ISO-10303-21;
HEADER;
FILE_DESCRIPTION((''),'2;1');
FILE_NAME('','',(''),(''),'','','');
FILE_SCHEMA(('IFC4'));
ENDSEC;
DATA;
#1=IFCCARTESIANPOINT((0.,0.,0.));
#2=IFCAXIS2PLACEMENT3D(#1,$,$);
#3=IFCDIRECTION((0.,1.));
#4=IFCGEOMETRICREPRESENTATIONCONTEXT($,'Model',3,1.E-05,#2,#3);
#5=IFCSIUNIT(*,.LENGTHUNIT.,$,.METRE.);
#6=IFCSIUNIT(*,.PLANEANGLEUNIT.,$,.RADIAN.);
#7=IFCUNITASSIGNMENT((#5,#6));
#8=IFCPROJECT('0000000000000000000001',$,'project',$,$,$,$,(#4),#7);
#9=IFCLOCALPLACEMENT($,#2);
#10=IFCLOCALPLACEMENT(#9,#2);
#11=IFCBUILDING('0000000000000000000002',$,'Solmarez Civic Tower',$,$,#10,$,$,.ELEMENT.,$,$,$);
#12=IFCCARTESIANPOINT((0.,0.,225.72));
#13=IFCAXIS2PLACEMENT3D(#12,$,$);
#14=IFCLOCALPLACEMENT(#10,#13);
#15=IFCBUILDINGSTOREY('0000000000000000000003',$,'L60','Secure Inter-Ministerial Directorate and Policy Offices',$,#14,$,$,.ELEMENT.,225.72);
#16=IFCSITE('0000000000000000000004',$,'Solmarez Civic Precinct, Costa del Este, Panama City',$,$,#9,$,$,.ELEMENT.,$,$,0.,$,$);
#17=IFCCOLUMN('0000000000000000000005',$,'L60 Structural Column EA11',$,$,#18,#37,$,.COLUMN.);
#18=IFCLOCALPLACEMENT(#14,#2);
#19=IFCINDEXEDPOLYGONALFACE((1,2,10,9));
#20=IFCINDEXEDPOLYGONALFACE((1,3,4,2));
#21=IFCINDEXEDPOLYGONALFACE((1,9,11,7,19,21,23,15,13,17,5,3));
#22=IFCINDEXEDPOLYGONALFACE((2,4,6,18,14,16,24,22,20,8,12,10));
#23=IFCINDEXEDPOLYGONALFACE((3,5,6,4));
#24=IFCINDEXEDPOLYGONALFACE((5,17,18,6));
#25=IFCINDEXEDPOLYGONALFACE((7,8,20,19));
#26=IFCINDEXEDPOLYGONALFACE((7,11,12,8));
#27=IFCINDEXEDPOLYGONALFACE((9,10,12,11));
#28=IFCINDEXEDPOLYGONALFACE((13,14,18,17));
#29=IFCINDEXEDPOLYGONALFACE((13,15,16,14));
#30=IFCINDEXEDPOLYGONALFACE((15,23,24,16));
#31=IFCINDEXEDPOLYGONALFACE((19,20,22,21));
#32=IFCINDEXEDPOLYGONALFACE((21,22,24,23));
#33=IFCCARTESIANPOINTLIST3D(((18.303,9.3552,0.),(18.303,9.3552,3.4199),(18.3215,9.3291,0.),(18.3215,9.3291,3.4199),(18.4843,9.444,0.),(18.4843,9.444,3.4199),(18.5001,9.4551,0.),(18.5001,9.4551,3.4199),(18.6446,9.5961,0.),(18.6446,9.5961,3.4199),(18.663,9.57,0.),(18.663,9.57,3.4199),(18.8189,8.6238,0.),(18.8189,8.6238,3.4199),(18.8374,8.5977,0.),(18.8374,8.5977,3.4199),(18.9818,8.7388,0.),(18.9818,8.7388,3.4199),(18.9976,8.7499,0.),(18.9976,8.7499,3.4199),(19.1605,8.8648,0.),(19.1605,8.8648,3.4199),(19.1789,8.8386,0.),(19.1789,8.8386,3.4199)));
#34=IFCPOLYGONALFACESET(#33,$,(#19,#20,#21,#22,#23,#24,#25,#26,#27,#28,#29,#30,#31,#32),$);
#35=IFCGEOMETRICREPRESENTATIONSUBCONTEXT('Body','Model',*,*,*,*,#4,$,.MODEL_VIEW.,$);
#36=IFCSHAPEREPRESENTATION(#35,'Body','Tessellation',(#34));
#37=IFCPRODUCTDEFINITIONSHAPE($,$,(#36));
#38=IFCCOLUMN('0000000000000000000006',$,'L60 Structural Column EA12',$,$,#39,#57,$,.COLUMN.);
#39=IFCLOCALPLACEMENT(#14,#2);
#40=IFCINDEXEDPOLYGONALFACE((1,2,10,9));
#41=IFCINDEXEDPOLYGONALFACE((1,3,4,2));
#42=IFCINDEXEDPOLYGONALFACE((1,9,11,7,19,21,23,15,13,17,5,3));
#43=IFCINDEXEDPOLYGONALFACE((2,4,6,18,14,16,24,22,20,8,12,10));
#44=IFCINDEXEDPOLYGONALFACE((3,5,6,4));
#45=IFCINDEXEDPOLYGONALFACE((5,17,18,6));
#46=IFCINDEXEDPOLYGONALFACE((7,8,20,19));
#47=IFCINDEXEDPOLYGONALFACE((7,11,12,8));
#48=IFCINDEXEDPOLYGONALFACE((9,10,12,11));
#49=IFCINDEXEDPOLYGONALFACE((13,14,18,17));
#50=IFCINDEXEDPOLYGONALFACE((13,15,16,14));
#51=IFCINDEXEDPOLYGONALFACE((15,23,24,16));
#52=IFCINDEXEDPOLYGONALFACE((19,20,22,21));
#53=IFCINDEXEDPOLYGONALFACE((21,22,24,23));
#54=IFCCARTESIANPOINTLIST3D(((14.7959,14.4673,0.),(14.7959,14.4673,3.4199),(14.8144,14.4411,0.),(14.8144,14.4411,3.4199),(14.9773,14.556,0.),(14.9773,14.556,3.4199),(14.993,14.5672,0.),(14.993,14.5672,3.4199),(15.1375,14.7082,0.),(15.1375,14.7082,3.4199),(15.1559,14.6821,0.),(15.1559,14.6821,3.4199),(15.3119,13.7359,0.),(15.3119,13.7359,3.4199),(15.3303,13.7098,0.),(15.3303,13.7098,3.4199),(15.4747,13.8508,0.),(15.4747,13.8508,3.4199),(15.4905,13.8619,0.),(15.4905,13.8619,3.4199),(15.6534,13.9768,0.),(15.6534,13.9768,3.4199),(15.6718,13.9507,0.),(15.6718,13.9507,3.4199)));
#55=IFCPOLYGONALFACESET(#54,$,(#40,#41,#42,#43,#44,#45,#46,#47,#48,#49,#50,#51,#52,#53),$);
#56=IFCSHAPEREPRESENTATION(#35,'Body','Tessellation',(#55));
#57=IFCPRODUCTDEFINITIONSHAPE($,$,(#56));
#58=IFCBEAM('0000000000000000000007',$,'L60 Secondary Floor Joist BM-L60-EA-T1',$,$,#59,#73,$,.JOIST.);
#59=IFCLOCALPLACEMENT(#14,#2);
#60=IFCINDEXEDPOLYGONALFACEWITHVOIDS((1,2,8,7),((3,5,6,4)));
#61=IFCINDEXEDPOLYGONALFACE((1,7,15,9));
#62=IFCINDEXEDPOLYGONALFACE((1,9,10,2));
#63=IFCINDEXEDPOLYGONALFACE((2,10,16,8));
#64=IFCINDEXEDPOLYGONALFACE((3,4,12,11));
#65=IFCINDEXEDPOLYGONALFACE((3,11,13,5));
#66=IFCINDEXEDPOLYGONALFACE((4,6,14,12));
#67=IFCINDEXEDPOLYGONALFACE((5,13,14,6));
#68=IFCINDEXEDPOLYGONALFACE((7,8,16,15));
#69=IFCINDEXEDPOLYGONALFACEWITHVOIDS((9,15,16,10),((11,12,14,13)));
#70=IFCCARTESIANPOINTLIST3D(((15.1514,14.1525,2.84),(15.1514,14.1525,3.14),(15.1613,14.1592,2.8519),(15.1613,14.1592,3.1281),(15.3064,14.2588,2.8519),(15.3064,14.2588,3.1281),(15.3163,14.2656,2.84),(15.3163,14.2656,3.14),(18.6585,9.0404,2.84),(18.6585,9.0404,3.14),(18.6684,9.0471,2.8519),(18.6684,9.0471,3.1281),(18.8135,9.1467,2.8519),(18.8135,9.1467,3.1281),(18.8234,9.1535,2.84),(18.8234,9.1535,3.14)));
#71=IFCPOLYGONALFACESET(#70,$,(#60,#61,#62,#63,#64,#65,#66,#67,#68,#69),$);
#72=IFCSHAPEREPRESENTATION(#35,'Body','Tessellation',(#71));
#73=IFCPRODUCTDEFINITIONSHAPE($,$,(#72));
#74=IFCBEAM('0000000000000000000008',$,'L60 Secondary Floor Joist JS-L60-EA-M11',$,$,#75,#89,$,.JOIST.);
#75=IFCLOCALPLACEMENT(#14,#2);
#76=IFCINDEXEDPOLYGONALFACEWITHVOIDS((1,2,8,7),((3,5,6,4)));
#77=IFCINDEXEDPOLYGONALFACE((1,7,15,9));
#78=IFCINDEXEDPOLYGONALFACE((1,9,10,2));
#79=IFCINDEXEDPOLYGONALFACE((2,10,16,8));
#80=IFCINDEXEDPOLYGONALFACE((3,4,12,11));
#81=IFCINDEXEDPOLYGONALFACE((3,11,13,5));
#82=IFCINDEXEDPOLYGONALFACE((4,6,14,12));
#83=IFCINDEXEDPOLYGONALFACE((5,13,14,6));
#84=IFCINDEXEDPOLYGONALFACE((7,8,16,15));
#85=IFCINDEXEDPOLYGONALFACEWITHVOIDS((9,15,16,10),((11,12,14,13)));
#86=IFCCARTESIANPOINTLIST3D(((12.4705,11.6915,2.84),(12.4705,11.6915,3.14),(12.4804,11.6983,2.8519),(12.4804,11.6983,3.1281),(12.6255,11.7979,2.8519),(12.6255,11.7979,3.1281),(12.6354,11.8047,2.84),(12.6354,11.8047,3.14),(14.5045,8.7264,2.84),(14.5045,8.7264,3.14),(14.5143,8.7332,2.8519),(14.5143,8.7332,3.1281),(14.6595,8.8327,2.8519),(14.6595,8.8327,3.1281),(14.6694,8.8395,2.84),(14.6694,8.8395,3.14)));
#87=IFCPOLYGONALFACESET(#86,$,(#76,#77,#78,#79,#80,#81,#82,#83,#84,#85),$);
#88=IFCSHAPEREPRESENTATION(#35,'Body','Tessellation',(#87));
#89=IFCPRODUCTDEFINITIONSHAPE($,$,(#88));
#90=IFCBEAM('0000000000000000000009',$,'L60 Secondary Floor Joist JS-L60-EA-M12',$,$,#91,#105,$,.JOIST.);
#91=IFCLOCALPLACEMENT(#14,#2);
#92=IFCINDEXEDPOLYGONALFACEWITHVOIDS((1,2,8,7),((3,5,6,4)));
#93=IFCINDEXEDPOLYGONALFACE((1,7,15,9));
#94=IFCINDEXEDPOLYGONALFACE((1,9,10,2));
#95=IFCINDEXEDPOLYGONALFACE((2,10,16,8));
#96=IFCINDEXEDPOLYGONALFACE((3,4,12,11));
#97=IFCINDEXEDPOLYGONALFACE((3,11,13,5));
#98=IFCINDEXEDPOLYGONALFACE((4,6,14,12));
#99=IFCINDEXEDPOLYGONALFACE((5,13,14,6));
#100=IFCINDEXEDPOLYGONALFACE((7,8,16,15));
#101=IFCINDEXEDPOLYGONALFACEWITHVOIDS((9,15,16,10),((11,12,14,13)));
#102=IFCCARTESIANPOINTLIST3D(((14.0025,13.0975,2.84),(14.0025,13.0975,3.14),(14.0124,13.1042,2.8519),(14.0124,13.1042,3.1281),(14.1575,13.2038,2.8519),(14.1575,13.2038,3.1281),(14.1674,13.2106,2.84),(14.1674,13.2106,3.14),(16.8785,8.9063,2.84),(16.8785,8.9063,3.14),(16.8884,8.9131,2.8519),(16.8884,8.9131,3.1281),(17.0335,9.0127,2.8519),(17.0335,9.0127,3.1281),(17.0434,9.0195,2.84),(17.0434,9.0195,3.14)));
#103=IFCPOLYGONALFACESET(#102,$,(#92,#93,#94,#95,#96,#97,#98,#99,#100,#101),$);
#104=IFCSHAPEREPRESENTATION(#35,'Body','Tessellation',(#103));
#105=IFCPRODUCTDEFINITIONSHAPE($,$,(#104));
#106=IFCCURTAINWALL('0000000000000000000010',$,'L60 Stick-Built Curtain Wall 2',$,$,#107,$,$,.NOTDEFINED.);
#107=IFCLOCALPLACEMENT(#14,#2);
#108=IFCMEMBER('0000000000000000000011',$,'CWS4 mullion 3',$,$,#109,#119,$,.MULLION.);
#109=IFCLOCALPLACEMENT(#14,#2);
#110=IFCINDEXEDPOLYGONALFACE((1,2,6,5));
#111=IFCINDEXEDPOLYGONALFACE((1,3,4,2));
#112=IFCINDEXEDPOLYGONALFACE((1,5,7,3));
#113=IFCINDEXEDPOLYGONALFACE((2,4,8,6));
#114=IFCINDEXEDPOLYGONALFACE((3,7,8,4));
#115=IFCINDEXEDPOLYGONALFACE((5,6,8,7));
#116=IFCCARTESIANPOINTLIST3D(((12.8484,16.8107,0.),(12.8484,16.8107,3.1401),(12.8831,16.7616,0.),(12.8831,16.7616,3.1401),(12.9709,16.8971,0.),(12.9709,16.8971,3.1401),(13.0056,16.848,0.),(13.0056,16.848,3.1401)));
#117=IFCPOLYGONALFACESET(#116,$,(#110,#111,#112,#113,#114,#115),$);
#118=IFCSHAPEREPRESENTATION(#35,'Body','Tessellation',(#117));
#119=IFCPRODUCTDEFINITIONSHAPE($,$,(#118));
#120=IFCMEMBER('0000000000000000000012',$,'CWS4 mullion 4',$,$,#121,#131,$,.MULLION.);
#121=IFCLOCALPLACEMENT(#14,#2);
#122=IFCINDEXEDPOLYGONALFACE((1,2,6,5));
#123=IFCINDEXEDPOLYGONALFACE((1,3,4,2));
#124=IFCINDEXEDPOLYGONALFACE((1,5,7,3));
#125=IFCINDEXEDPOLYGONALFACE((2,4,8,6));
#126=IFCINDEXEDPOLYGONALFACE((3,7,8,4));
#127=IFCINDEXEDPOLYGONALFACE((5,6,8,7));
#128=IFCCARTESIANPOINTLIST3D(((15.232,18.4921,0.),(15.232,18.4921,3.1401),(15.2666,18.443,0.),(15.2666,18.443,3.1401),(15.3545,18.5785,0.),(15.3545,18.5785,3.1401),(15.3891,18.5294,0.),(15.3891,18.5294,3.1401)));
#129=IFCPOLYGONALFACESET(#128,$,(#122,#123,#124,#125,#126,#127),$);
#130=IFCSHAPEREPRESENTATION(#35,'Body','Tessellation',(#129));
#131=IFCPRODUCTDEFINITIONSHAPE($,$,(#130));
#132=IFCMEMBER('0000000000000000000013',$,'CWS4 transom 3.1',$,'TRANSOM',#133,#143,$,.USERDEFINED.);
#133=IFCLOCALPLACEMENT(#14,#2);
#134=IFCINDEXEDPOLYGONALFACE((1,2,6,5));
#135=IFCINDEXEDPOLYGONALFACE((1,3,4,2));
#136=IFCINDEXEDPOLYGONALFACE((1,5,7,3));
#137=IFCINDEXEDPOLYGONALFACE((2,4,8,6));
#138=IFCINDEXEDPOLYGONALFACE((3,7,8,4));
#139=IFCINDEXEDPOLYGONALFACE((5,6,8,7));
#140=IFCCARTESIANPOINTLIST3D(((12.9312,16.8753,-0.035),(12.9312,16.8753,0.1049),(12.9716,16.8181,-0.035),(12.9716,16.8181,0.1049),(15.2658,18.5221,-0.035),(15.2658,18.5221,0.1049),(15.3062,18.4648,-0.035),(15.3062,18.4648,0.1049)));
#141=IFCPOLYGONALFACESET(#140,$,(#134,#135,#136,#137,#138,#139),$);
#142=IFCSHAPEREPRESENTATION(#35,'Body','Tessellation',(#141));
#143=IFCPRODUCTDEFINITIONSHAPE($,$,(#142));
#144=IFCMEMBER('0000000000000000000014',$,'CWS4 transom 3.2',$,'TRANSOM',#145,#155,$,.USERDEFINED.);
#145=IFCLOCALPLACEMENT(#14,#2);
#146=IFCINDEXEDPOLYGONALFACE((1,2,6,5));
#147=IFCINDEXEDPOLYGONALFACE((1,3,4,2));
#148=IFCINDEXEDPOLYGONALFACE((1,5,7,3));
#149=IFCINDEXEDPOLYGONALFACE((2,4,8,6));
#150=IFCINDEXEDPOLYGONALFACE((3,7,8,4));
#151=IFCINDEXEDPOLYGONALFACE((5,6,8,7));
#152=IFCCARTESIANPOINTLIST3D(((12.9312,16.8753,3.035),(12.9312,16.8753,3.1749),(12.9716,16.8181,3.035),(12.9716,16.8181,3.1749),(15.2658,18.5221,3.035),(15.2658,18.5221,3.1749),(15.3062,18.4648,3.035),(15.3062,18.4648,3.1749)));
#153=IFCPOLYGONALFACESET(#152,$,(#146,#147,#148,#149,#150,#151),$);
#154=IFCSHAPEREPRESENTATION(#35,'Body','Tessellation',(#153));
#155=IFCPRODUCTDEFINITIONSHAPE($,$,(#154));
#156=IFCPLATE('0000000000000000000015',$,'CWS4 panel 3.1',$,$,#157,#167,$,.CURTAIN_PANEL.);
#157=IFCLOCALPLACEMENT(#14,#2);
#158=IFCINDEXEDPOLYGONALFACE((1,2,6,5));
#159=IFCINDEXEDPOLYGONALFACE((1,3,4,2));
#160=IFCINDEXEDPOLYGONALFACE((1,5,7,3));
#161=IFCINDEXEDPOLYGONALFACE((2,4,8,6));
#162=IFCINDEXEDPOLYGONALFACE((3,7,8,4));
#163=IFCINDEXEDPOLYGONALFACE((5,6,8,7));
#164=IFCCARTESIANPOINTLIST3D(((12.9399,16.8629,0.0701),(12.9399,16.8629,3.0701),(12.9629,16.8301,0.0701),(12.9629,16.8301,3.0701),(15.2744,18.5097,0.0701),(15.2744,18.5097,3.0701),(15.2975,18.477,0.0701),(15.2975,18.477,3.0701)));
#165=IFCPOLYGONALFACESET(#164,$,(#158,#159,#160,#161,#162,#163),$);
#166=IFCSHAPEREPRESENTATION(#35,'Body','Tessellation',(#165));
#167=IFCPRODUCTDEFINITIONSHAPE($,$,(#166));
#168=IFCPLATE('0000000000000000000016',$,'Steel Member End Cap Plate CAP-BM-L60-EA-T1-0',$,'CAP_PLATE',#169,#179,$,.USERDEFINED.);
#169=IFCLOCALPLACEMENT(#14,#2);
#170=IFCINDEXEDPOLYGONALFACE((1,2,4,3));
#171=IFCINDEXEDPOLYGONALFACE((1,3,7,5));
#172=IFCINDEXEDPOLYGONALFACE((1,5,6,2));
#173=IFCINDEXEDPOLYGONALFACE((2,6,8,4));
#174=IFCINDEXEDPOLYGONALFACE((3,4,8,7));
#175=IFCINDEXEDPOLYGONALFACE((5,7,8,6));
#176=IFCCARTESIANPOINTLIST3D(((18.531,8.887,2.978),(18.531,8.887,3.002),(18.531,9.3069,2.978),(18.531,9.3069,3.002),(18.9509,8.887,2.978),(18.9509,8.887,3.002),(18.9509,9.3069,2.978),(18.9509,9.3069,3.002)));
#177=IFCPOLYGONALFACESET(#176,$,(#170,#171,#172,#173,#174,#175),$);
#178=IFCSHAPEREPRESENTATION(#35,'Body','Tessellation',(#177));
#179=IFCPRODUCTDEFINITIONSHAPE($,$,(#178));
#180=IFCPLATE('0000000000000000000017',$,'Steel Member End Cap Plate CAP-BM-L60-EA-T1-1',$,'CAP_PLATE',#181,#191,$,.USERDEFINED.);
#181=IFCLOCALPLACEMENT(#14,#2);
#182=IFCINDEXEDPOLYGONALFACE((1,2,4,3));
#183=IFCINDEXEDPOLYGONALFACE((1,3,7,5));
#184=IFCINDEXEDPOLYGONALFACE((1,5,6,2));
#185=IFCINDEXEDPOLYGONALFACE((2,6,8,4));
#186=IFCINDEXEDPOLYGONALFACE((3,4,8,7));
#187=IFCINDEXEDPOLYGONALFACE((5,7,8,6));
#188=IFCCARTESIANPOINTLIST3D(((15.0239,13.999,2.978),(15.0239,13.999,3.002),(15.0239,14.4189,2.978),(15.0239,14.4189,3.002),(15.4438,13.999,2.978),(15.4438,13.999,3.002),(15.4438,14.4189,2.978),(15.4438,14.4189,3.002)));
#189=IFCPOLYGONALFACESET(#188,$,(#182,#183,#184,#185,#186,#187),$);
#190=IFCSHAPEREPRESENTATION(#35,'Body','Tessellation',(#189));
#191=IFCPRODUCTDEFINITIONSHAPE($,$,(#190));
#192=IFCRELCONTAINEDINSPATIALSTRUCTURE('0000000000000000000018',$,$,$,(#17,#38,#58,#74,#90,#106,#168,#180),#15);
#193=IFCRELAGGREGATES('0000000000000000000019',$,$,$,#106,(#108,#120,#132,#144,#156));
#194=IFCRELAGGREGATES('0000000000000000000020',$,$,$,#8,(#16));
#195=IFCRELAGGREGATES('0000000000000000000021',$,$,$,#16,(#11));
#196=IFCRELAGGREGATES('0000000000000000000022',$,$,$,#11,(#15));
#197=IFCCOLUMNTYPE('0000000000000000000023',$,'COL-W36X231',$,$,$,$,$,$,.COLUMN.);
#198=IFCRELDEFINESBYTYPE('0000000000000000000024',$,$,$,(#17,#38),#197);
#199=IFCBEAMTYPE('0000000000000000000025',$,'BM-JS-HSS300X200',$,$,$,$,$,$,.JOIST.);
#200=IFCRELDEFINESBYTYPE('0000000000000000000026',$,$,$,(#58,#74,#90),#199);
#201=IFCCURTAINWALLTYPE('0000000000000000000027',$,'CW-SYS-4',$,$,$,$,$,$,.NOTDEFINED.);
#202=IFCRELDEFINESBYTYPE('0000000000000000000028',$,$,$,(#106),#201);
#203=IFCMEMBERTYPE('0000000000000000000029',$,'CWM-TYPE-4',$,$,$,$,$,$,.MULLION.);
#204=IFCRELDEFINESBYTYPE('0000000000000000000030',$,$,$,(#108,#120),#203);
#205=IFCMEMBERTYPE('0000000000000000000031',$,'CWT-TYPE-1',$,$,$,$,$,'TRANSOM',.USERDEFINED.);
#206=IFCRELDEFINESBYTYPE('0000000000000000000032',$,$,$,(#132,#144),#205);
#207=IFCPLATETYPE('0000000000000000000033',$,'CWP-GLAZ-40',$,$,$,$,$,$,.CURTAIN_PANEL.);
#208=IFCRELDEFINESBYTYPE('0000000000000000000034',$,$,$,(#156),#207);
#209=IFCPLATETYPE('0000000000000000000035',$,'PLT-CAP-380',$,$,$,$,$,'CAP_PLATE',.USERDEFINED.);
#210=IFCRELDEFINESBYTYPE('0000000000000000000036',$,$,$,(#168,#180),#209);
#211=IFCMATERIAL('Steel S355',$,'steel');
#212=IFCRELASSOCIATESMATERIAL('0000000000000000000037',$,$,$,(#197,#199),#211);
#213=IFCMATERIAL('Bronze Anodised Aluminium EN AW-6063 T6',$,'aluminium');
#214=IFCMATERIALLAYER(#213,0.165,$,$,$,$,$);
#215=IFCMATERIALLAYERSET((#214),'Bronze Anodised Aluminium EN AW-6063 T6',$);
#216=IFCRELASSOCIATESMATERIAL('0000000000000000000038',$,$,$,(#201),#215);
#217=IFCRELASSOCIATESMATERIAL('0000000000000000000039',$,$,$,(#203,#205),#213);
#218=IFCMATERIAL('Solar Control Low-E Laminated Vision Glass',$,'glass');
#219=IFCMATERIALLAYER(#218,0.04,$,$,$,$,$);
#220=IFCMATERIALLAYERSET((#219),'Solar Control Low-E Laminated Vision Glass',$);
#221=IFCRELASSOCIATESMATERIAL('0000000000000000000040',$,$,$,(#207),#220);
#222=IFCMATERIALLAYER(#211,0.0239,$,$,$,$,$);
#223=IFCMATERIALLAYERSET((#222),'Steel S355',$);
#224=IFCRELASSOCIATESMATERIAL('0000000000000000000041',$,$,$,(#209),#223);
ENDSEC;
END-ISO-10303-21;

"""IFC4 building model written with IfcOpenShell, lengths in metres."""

from ifc_helpers import new_model, si_unit, direction, frame, origin, origin_2d, place, context, subcontext, project, spatial, rectangle, hollow_rectangle, i_section, extrude, material, layer, layer_set, material_profile, profile_set, type_object, element, aggregate, save


model = new_model("IFC4")

# Units and contexts
model_context = context("Model", 3, precision=1e-05, world=origin(), true_north=direction((0.0, 1.0)))
body_context = subcontext(model_context, "Body", "Model", "MODEL_VIEW")
ifc_project = project(units=[si_unit("LENGTHUNIT", "METRE"), si_unit("PLANEANGLEUNIT", "RADIAN")], contexts=[model_context])

# Site, building, storey
site_placement = place(None, origin())
site = spatial("IfcSite", under=ifc_project, at=site_placement, Name="Solmarez Civic Precinct, Costa del Este, Panama City", CompositionType="ELEMENT", RefElevation=0.0)
building_placement = place(site_placement, origin())
building = spatial("IfcBuilding", under=site, at=building_placement, Name="Solmarez Civic Tower", CompositionType="ELEMENT")
storey_placement = place(building_placement, frame((0.0, 0.0, 225.72)))
storey = spatial("IfcBuildingStorey", under=building, at=storey_placement, Name="L60", Description="Secure Inter-Ministerial Directorate and Policy Offices", CompositionType="ELEMENT", Elevation=225.72)

# Columns
ifc_material_1 = material(Name="Steel S355", Category="steel")
ifc_material_profile_1 = material_profile(ifc_material_1, i_section(OverallWidth=0.418, OverallDepth=0.927, WebThickness=0.0193, FlangeThickness=0.032, at=origin_2d()), Name="W36X231")
ifc_profile_set_1 = profile_set([ifc_material_profile_1], Name="Steel S355")
column_type = type_object("IfcColumnType", Name="COL-W36X231", PredefinedType="COLUMN", material=ifc_profile_set_1)
for number, where, z_axis, x_axis, name in (
    (1, (18.741, 9.0969, 0.0), (0.0, 0.0, 1.0), (0.817145, 0.576432, 0.0), "L60 Structural Column EA11"),
    (2, (15.2339, 14.209, 0.0), (0.0, 0.0, 1.0), (0.817145, 0.576432, 0.0), "L60 Structural Column EA12"),
):
    element("IfcColumn", number, at=place(storey_placement, frame(where, z_axis=z_axis, x_axis=x_axis)), inside=storey, type_object=column_type, Name=name, PredefinedType="COLUMN", context=body_context, shape_type="SweptSolid", body=[
        extrude(i_section(OverallWidth=0.418, OverallDepth=0.927, WebThickness=0.0193, FlangeThickness=0.032, at=origin_2d()), origin(), (0.0, 0.0, 1.0), 3.4199),
    ])

# Beams
ifc_material_profile_2 = material_profile(ifc_material_1, hollow_rectangle(XDim=0.2, YDim=0.3, WallThickness=0.012, at=origin_2d()), Name="HSS300X200X12")
ifc_profile_set_2 = profile_set([ifc_material_profile_2], Name="Steel S355")
beam_type = type_object("IfcBeamType", Name="BM-JS-HSS300X200", PredefinedType="JOIST", material=ifc_profile_set_2)
beam_1_placement = place(storey_placement, frame((18.741, 9.0969, 2.99), z_axis=(-0.565711, 0.824603, 0.0), x_axis=(-0.824603, -0.565711, 0.0)))
element("IfcBeam", 3, at=beam_1_placement, inside=storey, type_object=beam_type, Name="L60 Secondary Floor Joist BM-L60-EA-T1", PredefinedType="JOIST", context=body_context, shape_type="SweptSolid", body=[
    extrude(hollow_rectangle(XDim=0.2, YDim=0.3, WallThickness=0.012, at=origin_2d()), origin(), (0.0, 0.0, 1.0), 6.1995),
])
beam_2_placement = place(storey_placement, frame((14.5869, 8.783, 2.99), z_axis=(-0.565667, 0.824634, 0.0), x_axis=(-0.824634, -0.565667, 0.0)))
element("IfcBeam", 4, at=beam_2_placement, inside=storey, type_object=beam_type, Name="L60 Secondary Floor Joist JS-L60-EA-M11", PredefinedType="JOIST", context=body_context, shape_type="SweptSolid", body=[
    extrude(hollow_rectangle(XDim=0.2, YDim=0.3, WallThickness=0.012, at=origin_2d()), origin(), (0.0, 0.0, 1.0), 3.5957),
])
beam_3_placement = place(storey_placement, frame((16.9609, 8.9629, 2.99), z_axis=(-0.565801, 0.824542, 0.0), x_axis=(-0.824542, -0.565801, 0.0)))
element("IfcBeam", 5, at=beam_3_placement, inside=storey, type_object=beam_type, Name="L60 Secondary Floor Joist JS-L60-EA-M12", PredefinedType="JOIST", context=body_context, shape_type="SweptSolid", body=[
    extrude(hollow_rectangle(XDim=0.2, YDim=0.3, WallThickness=0.012, at=origin_2d()), origin(), (0.0, 0.0, 1.0), 5.083),
])

# Curtain wall, members, plate
ifc_material_2 = material(Name="Bronze Anodised Aluminium EN AW-6063 T6", Category="aluminium")
ifc_layer_1 = layer(ifc_material_2, 0.165)
ifc_layer_set_1 = layer_set([ifc_layer_1], Name="Bronze Anodised Aluminium EN AW-6063 T6")
curtain_wall_type = type_object("IfcCurtainWallType", Name="CW-SYS-4", PredefinedType="NOTDEFINED", material=ifc_layer_set_1)
curtain_wall_placement = place(storey_placement, origin())
curtain_wall = element("IfcCurtainWall", 6, at=curtain_wall_placement, inside=storey, type_object=curtain_wall_type, Name="L60 Stick-Built Curtain Wall 2", PredefinedType="NOTDEFINED")
ifc_material_profile_3 = material_profile(ifc_material_2, rectangle(XDim=0.0601, YDim=0.1499, at=origin_2d()), Name="CWM-60X150")
ifc_profile_set_3 = profile_set([ifc_material_profile_3], Name="Bronze Anodised Aluminium EN AW-6063 T6")
member_type_1 = type_object("IfcMemberType", Name="CWM-TYPE-4", PredefinedType="MULLION", material=ifc_profile_set_3)
member_1_placement = place(storey_placement, frame((12.927, 16.8293, 0.0), z_axis=(0.0, 0.0, 1.0), x_axis=(-0.576434, 0.817143, 0.0)))
member_1 = element("IfcMember", 7, at=member_1_placement, type_object=member_type_1, Name="CWS4 mullion 3", PredefinedType="MULLION", context=body_context, shape_type="SweptSolid", body=[
    extrude(rectangle(XDim=0.0601, YDim=0.1499, at=origin_2d()), origin(), (0.0, 0.0, 1.0), 3.1401),
])
member_2_placement = place(storey_placement, frame((15.3105, 18.5107, 0.0), z_axis=(0.0, 0.0, 1.0), x_axis=(-0.576434, 0.817143, 0.0)))
member_2 = element("IfcMember", 8, at=member_2_placement, type_object=member_type_1, Name="CWS4 mullion 4", PredefinedType="MULLION", context=body_context, shape_type="SweptSolid", body=[
    extrude(rectangle(XDim=0.0601, YDim=0.1499, at=origin_2d()), origin(), (0.0, 0.0, 1.0), 3.1401),
])
ifc_material_profile_4 = material_profile(ifc_material_2, rectangle(XDim=0.0701, YDim=0.1399, at=origin_2d()), Name="CWT-70X140")
ifc_profile_set_4 = profile_set([ifc_material_profile_4], Name="Bronze Anodised Aluminium EN AW-6063 T6")
member_type_2 = type_object("IfcMemberType", Name="CWT-TYPE-1", ElementType="TRANSOM", PredefinedType="USERDEFINED", material=ifc_profile_set_4)
member_3_placement = place(storey_placement, frame((12.9514, 16.8467, 0.0349), z_axis=(0.817155, 0.576418, 0.0), x_axis=(-0.576418, 0.817155, 0.0)))
member_3 = element("IfcMember", 9, at=member_3_placement, type_object=member_type_2, Name="CWS4 transom 3.1", ObjectType="TRANSOM", PredefinedType="USERDEFINED", context=body_context, shape_type="SweptSolid", body=[
    extrude(rectangle(XDim=0.0701, YDim=0.1399, at=origin_2d()), origin(), (0.0, 0.0, 1.0), 2.8569),
])
member_4_placement = place(storey_placement, frame((12.9514, 16.8467, 3.105), z_axis=(0.817155, 0.576418, 0.0), x_axis=(-0.576418, 0.817155, 0.0)))
member_4 = element("IfcMember", 10, at=member_4_placement, type_object=member_type_2, Name="CWS4 transom 3.2", ObjectType="TRANSOM", PredefinedType="USERDEFINED", context=body_context, shape_type="SweptSolid", body=[
    extrude(rectangle(XDim=0.0701, YDim=0.1399, at=origin_2d()), origin(), (0.0, 0.0, 1.0), 2.8569),
])
ifc_material_3 = material(Name="Solar Control Low-E Laminated Vision Glass", Category="glass")
ifc_layer_2 = layer(ifc_material_3, 0.04)
ifc_layer_set_2 = layer_set([ifc_layer_2], Name="Solar Control Low-E Laminated Vision Glass")
plate_type_1 = type_object("IfcPlateType", Name="CWP-GLAZ-40", PredefinedType="CURTAIN_PANEL", material=ifc_layer_set_2)
plate_placement = place(storey_placement, frame((14.1187, 17.6699, 0.0701), z_axis=(0.0, 0.0, 1.0), x_axis=(0.817143, 0.576434, 0.0)))
plate = element("IfcPlate", 11, at=plate_placement, type_object=plate_type_1, Name="CWS4 panel 3.1", PredefinedType="CURTAIN_PANEL", context=body_context, shape_type="SweptSolid", body=[
    extrude(rectangle(XDim=2.8569, YDim=0.04, at=origin_2d()), origin(), (0.0, 0.0, 1.0), 3.0),
])
aggregate(curtain_wall, [member_1, member_2, member_3, member_4, plate])

# Plates
ifc_layer_3 = layer(ifc_material_1, 0.0239)
ifc_layer_set_3 = layer_set([ifc_layer_3], Name="Steel S355")
plate_type_2 = type_object("IfcPlateType", Name="PLT-CAP-380", ElementType="CAP_PLATE", PredefinedType="USERDEFINED", material=ifc_layer_set_3)
for number, where, z_axis, x_axis, name in (
    (12, (18.741, 9.0969, 2.978), (0.0, 0.0, 1.0), (1.0, 0.0, 0.0), "Steel Member End Cap Plate CAP-BM-L60-EA-T1-0"),
    (13, (15.2339, 14.209, 2.978), (0.0, 0.0, 1.0), (1.0, 0.0, 0.0), "Steel Member End Cap Plate CAP-BM-L60-EA-T1-1"),
):
    element("IfcPlate", number, at=place(storey_placement, frame(where, z_axis=z_axis, x_axis=x_axis)), inside=storey, type_object=plate_type_2, Name=name, ObjectType="CAP_PLATE", PredefinedType="USERDEFINED", context=body_context, shape_type="SweptSolid", body=[
        extrude(rectangle(XDim=0.4199, YDim=0.4199, at=origin_2d()), origin(), (0.0, 0.0, 1.0), 0.0239),
    ])

save(model, "model.ifc")
